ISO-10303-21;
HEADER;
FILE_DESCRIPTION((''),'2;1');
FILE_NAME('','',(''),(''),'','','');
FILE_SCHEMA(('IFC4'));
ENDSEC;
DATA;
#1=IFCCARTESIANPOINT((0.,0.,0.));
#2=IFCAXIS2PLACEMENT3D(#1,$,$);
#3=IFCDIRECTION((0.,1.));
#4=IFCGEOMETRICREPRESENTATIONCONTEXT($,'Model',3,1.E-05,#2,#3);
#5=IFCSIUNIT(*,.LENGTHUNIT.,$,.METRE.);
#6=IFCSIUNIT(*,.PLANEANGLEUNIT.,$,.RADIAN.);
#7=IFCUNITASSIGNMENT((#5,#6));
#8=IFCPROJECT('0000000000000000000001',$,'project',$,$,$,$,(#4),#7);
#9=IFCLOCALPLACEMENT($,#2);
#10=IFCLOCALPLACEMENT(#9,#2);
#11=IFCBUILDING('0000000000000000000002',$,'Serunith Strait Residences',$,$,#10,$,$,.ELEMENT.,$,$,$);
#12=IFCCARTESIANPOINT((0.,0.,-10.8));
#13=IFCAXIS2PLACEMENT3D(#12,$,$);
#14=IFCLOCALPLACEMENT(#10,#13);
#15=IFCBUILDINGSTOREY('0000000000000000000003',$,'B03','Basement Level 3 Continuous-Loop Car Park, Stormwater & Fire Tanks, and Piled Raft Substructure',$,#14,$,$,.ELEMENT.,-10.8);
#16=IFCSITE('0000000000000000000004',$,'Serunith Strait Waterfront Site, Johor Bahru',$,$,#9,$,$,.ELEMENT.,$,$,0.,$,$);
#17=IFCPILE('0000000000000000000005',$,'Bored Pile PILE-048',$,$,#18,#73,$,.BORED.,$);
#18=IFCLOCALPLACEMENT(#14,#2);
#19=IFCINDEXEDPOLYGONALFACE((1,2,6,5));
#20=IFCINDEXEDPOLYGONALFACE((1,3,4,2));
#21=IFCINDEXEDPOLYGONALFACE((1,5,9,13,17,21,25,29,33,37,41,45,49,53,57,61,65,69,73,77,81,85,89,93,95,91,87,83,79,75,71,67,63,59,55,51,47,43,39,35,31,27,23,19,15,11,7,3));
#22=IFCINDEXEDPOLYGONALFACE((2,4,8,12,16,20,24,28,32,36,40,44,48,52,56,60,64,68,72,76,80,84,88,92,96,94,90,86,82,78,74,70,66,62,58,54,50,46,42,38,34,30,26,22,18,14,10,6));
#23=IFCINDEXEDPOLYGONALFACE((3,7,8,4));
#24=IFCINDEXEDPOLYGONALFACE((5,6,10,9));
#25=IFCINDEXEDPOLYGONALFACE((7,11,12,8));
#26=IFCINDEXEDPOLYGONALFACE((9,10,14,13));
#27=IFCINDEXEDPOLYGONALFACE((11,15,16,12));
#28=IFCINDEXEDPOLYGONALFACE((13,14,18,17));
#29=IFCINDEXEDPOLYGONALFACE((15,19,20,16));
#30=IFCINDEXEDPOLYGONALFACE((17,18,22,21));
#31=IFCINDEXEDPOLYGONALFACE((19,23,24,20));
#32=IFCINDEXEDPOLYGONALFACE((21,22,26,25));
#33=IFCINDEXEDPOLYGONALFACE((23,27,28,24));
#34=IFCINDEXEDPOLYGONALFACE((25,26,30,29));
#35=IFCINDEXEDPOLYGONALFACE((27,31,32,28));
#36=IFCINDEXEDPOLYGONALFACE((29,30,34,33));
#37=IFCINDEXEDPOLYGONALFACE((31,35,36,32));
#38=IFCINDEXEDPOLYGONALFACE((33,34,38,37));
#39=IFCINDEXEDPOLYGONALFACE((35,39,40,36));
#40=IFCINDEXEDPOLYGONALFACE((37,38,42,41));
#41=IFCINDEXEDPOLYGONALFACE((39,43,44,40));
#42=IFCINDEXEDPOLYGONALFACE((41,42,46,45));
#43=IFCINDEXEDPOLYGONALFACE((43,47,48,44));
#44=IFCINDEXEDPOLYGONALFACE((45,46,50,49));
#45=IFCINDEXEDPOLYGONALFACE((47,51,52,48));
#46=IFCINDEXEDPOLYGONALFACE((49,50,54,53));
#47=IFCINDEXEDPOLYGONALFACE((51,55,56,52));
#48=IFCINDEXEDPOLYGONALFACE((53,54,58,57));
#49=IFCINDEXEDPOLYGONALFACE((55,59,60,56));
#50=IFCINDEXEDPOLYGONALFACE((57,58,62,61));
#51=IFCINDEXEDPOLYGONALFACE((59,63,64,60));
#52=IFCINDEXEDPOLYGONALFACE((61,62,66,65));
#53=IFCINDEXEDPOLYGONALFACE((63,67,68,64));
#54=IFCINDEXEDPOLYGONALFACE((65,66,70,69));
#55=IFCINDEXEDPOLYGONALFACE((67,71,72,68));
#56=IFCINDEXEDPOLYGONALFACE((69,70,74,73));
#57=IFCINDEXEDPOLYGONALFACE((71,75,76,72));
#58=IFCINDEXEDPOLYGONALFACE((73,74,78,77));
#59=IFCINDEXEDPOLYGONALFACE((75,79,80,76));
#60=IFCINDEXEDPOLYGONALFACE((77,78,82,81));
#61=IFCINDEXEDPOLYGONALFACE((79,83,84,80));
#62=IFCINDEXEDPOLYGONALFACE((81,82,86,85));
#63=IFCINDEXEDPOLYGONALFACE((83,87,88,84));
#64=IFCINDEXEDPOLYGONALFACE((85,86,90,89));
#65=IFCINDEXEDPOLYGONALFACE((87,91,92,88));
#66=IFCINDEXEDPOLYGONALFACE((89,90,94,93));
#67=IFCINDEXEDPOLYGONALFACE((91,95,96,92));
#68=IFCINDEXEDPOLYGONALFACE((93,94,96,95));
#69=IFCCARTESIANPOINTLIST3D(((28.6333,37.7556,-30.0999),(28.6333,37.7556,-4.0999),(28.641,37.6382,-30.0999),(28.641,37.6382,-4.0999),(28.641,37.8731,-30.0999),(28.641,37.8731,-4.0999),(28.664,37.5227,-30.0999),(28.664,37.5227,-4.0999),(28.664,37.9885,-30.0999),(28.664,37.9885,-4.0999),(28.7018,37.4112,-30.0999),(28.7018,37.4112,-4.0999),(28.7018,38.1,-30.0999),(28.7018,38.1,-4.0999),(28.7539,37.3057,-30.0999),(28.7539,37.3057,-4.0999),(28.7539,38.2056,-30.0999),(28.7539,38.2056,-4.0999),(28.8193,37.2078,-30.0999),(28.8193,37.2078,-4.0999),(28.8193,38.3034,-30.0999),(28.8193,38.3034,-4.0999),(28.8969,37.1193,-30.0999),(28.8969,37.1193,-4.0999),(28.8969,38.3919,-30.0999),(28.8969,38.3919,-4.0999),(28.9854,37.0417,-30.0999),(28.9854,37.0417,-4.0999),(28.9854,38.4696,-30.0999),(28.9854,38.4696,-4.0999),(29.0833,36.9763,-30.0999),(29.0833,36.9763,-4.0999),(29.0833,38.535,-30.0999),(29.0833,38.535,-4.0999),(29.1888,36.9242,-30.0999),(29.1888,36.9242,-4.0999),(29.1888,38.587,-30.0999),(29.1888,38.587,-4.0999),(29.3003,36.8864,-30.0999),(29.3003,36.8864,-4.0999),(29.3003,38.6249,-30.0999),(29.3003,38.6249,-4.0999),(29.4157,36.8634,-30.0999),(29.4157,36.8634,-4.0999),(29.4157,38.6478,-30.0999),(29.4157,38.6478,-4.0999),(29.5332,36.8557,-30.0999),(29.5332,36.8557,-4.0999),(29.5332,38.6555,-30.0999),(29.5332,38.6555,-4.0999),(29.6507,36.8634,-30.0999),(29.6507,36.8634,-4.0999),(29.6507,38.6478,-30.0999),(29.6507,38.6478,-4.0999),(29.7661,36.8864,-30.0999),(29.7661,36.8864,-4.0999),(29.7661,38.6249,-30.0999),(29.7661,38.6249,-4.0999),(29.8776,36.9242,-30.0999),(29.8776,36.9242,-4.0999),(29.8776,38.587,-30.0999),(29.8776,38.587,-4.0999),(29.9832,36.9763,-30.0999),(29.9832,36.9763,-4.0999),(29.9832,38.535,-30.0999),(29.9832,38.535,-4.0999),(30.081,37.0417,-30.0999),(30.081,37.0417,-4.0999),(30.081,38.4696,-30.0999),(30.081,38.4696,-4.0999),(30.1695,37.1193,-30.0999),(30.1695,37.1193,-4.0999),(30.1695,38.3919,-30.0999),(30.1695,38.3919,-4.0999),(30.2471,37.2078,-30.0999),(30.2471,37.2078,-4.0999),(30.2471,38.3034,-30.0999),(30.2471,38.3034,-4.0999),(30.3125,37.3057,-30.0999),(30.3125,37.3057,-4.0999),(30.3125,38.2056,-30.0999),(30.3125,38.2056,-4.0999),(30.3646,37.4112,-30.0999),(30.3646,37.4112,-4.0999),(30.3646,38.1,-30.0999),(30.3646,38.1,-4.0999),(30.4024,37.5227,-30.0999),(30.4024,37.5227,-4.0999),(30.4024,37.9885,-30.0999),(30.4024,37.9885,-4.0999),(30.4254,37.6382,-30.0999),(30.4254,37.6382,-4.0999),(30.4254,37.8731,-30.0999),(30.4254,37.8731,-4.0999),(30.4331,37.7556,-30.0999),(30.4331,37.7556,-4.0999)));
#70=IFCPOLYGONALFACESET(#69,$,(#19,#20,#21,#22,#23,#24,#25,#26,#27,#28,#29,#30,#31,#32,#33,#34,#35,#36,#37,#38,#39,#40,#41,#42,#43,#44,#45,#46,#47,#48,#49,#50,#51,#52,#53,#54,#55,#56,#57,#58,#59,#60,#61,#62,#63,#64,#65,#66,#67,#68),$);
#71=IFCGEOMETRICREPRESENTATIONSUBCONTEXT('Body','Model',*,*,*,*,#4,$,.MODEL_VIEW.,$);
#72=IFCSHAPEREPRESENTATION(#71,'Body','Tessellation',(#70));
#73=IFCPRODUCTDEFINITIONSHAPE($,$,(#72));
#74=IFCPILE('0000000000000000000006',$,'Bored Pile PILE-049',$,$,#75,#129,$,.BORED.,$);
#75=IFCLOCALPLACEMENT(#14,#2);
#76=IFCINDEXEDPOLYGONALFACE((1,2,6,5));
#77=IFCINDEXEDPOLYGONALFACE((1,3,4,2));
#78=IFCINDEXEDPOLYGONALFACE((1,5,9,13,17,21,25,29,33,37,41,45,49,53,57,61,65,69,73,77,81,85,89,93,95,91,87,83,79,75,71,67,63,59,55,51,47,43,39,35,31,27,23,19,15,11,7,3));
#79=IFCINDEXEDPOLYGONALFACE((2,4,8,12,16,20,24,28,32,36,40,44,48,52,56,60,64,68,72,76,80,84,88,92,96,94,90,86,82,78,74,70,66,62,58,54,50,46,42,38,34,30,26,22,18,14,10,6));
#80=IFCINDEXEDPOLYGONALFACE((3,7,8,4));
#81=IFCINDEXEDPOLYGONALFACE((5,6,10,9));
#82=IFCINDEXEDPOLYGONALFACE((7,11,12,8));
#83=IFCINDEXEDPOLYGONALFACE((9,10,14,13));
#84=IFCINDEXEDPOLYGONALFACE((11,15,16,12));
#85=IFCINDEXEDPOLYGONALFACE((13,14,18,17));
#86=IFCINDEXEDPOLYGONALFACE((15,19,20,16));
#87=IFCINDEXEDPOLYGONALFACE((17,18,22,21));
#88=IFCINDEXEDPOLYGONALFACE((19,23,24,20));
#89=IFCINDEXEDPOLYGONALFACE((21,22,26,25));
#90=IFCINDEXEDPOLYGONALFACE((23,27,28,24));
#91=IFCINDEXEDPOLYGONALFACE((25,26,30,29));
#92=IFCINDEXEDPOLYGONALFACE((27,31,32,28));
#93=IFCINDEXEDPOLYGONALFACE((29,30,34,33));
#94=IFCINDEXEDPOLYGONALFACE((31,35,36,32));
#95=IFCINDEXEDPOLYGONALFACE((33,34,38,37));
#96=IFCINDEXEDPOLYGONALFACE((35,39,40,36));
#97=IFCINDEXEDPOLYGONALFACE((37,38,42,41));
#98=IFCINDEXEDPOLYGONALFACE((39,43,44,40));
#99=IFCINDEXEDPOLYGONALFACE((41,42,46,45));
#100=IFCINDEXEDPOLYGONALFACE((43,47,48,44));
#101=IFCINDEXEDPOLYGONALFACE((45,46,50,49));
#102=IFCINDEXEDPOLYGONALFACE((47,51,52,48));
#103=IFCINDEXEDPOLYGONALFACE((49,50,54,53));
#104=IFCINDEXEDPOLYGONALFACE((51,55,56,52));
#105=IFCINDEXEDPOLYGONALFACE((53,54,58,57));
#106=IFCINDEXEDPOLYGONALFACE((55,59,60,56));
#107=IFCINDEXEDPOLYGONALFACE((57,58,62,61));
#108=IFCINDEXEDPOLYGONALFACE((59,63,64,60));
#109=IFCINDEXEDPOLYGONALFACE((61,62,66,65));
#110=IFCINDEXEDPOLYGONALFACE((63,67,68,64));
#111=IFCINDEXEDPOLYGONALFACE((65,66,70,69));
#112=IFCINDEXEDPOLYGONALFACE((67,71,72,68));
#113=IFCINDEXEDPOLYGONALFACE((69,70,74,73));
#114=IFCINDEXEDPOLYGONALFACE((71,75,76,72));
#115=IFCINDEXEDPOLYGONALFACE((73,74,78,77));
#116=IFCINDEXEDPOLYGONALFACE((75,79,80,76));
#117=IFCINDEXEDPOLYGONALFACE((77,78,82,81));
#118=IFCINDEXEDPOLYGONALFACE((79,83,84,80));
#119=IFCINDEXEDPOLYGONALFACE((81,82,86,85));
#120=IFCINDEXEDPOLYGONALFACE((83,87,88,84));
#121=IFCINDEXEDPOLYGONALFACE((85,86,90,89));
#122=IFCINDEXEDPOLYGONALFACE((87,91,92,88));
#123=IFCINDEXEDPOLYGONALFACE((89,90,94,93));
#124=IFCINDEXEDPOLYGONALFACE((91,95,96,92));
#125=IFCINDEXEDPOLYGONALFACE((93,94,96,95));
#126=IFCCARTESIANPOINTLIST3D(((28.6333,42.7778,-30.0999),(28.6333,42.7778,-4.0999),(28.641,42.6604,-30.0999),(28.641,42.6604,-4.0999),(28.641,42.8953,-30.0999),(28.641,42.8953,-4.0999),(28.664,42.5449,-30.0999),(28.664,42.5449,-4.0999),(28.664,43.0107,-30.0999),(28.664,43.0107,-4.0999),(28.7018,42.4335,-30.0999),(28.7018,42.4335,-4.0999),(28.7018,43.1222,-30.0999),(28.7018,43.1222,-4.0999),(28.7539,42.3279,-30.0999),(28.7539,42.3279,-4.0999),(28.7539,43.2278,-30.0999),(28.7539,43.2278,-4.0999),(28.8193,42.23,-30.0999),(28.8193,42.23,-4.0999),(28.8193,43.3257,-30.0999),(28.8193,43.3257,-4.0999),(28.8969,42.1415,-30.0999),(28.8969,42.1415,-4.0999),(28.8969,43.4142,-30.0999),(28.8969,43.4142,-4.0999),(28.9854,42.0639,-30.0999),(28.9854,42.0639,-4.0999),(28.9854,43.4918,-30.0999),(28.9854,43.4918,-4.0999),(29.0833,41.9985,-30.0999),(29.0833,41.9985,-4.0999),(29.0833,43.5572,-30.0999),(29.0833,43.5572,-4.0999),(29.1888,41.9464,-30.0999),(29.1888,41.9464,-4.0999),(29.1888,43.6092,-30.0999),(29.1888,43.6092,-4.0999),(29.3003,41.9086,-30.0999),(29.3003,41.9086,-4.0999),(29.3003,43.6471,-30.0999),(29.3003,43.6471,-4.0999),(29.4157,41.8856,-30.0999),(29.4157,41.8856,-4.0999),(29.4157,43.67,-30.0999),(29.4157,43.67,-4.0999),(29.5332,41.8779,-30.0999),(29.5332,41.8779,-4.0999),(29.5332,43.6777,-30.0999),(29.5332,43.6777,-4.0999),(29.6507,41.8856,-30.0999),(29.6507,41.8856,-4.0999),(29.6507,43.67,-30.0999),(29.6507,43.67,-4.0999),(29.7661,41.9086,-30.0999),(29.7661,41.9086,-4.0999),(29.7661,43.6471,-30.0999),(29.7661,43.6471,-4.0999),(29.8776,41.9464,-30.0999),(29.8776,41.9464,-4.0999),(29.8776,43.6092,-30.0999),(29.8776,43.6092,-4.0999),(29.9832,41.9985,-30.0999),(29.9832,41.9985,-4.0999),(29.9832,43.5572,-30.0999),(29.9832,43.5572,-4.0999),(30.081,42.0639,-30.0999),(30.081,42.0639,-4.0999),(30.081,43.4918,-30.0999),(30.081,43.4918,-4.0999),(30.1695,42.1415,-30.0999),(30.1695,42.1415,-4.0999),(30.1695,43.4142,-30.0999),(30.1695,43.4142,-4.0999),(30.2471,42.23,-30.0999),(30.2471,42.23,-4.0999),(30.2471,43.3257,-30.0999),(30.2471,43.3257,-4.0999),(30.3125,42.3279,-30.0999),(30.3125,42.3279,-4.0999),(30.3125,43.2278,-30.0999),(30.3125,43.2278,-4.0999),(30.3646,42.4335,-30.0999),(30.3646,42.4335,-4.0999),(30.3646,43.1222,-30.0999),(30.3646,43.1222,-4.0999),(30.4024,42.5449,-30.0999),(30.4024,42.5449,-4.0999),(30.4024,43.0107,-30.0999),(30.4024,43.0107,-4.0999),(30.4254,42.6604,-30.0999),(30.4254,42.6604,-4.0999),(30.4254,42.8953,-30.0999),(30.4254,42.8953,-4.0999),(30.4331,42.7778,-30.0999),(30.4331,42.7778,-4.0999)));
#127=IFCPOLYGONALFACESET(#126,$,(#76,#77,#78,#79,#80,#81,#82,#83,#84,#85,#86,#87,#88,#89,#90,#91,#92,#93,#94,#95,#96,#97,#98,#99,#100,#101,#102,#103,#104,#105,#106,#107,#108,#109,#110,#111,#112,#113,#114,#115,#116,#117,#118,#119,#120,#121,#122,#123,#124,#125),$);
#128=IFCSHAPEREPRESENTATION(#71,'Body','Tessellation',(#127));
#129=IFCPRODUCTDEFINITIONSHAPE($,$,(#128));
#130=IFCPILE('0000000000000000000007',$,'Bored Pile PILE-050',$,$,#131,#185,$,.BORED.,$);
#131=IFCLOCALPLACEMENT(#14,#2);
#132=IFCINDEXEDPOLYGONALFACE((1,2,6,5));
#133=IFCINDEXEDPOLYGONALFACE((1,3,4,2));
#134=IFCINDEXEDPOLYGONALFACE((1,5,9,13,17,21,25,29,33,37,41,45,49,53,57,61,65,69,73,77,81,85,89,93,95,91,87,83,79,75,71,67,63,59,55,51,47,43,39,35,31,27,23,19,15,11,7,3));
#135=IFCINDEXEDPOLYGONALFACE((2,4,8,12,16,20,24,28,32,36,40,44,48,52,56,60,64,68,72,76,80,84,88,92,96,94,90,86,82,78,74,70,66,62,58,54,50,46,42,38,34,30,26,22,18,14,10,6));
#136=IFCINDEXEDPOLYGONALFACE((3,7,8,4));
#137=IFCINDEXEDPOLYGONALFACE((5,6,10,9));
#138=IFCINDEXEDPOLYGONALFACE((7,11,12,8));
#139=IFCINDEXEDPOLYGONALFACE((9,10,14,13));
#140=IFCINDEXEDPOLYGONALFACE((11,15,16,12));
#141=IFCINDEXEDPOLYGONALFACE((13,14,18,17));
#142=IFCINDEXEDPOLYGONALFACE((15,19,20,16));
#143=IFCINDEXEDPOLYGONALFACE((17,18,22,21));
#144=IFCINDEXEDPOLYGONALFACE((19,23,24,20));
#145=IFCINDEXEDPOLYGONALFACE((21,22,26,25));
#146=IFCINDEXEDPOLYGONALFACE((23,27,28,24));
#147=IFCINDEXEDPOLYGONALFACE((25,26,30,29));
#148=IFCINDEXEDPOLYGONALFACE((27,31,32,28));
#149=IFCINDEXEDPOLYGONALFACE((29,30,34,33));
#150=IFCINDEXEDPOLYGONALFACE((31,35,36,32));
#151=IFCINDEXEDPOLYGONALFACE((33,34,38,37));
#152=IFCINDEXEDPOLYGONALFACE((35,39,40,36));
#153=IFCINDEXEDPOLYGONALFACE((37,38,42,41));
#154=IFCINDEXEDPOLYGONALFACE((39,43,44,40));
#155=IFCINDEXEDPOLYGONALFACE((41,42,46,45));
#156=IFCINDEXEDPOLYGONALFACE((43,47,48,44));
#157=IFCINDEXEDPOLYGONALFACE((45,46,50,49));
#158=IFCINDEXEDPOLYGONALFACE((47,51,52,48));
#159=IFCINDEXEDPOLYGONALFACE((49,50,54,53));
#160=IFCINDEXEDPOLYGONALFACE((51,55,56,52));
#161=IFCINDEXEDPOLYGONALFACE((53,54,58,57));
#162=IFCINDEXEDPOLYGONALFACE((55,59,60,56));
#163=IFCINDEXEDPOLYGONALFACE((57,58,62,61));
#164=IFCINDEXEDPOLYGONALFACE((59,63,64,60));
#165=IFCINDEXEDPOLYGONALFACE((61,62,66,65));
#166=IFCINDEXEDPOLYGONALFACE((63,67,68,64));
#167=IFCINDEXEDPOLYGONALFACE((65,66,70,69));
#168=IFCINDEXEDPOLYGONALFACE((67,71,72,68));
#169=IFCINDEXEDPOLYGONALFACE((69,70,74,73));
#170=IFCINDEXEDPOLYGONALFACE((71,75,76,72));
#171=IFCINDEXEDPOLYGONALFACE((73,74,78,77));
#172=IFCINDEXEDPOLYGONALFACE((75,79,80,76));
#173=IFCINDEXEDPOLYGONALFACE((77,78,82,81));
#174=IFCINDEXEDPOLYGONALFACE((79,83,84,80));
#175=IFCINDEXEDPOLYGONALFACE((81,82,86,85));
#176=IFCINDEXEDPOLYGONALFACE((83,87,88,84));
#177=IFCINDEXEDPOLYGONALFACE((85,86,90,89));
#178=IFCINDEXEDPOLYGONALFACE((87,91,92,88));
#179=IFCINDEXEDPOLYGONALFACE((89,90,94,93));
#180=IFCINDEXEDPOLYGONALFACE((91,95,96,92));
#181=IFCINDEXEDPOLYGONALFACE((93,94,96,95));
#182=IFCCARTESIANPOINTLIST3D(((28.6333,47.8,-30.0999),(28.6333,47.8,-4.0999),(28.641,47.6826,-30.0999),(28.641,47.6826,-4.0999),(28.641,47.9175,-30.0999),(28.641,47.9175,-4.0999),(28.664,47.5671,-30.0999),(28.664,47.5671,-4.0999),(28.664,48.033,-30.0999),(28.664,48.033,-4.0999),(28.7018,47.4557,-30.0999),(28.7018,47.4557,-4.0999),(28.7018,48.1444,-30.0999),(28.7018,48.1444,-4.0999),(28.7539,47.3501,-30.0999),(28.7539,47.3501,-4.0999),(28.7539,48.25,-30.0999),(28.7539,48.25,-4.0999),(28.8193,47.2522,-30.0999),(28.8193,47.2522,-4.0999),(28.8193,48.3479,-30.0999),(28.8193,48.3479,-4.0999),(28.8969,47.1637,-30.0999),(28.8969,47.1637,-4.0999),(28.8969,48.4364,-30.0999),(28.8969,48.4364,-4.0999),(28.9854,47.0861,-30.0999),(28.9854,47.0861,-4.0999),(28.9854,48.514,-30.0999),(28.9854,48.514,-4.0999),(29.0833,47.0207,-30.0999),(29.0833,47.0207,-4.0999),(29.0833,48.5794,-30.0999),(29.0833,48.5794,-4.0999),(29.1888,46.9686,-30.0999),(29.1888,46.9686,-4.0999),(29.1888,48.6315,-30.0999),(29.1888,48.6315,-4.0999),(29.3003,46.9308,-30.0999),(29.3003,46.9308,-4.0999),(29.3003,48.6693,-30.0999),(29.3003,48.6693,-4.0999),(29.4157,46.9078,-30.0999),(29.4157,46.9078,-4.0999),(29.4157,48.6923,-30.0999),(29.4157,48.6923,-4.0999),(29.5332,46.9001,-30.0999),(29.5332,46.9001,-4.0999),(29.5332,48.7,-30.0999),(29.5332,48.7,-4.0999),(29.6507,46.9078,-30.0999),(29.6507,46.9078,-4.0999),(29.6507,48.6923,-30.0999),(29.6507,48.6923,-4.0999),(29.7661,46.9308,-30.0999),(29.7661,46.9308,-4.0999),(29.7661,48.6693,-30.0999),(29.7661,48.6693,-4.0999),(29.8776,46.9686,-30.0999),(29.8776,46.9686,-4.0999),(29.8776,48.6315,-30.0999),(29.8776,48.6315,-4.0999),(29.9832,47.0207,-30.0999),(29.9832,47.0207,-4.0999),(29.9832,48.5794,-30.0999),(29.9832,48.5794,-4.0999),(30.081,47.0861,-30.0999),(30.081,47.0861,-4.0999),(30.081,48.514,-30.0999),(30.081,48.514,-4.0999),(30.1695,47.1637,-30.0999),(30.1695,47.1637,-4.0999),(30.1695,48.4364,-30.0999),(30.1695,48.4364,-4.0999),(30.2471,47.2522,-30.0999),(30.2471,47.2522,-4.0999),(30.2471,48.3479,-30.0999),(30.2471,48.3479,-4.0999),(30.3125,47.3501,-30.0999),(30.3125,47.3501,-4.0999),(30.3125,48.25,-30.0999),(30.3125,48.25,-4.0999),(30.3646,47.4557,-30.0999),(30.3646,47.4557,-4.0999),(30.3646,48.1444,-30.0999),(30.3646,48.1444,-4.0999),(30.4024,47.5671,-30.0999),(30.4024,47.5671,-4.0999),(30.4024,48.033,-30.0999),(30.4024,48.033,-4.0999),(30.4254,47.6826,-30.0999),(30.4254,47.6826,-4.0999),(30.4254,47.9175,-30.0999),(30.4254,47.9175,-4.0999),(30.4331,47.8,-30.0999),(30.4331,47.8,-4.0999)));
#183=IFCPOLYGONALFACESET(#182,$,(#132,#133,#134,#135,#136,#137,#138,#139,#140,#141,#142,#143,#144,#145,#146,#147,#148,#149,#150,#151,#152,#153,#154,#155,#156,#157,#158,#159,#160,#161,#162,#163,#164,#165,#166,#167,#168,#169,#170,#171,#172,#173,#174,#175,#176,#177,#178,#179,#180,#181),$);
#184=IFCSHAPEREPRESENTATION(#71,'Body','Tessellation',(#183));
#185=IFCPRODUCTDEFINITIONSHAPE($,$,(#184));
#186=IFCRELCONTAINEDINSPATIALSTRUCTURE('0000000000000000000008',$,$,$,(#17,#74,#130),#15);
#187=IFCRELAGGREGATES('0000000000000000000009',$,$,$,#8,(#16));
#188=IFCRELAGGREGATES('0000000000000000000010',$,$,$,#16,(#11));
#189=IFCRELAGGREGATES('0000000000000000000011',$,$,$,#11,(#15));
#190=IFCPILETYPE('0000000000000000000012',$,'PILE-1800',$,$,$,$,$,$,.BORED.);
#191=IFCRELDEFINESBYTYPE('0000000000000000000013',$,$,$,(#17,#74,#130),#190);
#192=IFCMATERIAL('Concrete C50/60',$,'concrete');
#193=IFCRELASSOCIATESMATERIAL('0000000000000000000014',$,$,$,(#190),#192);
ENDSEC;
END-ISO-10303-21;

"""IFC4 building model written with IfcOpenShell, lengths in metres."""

from ifc_helpers import new_model, si_unit, direction, frame, origin, origin_2d, place, context, subcontext, project, spatial, circle, extrude, source, transform, mapped, material, material_profile, profile_set, type_object, element, save


model = new_model("IFC4")

# Units and contexts
model_context = context("Model", 3, precision=1e-05, world=origin(), true_north=direction((0.0, 1.0)))
body_context = subcontext(model_context, "Body", "Model", "MODEL_VIEW")
ifc_project = project(units=[si_unit("LENGTHUNIT", "METRE"), si_unit("PLANEANGLEUNIT", "RADIAN")], contexts=[model_context])

# Site, building, storey
site_placement = place(None, origin())
site = spatial("IfcSite", under=ifc_project, at=site_placement, Name="Serunith Strait Waterfront Site, Johor Bahru", CompositionType="ELEMENT", RefElevation=0.0)
building_placement = place(site_placement, origin())
building = spatial("IfcBuilding", under=site, at=building_placement, Name="Serunith Strait Residences", CompositionType="ELEMENT")
storey_placement = place(building_placement, frame((0.0, 0.0, -10.8)))
storey = spatial("IfcBuildingStorey", under=building, at=storey_placement, Name="B03", Description="Basement Level 3 Continuous-Loop Car Park, Stormwater & Fire Tanks, and Piled Raft Substructure", CompositionType="ELEMENT", Elevation=-10.8)

# Piles
ifc_material_1 = material(Name="Concrete C50/60", Category="concrete")
ifc_material_profile_1 = material_profile(ifc_material_1, circle(Radius=0.8999, at=origin_2d()), Name="PILE D1800")
ifc_profile_set_1 = profile_set([ifc_material_profile_1], Name="Concrete C50/60")
pile_type_1 = type_object("IfcPileType", Name="PILE-1800", PredefinedType="BORED", material=ifc_profile_set_1)
shared_shape_1 = source(origin(), body_context, "Body", "SweptSolid", [
    extrude(circle(Radius=0.8999, at=origin_2d()), origin(), (0.0, 0.0, 1.0), 26.0),
])
for number, where, z_axis, x_axis, name in (
    (1, (29.5332, 37.7556, -4.0999), (0.0, 0.0, -1.0), (1.0, 0.0, 0.0), "Bored Pile PILE-048"),
    (2, (29.5332, 42.7778, -4.0999), (0.0, 0.0, -1.0), (1.0, 0.0, 0.0), "Bored Pile PILE-049"),
    (3, (29.5332, 47.8, -4.0999), (0.0, 0.0, -1.0), (1.0, 0.0, 0.0), "Bored Pile PILE-050"),
):
    element("IfcPile", number, at=place(storey_placement, frame(where, z_axis=z_axis, x_axis=x_axis)), inside=storey, type_object=pile_type_1, Name=name, PredefinedType="BORED", context=body_context, shape_type="MappedRepresentation", body=[
        mapped(shared_shape_1, transform((0.0, 0.0, 0.0), scale=1.0)),
    ])

save(model, "model.ifc")
